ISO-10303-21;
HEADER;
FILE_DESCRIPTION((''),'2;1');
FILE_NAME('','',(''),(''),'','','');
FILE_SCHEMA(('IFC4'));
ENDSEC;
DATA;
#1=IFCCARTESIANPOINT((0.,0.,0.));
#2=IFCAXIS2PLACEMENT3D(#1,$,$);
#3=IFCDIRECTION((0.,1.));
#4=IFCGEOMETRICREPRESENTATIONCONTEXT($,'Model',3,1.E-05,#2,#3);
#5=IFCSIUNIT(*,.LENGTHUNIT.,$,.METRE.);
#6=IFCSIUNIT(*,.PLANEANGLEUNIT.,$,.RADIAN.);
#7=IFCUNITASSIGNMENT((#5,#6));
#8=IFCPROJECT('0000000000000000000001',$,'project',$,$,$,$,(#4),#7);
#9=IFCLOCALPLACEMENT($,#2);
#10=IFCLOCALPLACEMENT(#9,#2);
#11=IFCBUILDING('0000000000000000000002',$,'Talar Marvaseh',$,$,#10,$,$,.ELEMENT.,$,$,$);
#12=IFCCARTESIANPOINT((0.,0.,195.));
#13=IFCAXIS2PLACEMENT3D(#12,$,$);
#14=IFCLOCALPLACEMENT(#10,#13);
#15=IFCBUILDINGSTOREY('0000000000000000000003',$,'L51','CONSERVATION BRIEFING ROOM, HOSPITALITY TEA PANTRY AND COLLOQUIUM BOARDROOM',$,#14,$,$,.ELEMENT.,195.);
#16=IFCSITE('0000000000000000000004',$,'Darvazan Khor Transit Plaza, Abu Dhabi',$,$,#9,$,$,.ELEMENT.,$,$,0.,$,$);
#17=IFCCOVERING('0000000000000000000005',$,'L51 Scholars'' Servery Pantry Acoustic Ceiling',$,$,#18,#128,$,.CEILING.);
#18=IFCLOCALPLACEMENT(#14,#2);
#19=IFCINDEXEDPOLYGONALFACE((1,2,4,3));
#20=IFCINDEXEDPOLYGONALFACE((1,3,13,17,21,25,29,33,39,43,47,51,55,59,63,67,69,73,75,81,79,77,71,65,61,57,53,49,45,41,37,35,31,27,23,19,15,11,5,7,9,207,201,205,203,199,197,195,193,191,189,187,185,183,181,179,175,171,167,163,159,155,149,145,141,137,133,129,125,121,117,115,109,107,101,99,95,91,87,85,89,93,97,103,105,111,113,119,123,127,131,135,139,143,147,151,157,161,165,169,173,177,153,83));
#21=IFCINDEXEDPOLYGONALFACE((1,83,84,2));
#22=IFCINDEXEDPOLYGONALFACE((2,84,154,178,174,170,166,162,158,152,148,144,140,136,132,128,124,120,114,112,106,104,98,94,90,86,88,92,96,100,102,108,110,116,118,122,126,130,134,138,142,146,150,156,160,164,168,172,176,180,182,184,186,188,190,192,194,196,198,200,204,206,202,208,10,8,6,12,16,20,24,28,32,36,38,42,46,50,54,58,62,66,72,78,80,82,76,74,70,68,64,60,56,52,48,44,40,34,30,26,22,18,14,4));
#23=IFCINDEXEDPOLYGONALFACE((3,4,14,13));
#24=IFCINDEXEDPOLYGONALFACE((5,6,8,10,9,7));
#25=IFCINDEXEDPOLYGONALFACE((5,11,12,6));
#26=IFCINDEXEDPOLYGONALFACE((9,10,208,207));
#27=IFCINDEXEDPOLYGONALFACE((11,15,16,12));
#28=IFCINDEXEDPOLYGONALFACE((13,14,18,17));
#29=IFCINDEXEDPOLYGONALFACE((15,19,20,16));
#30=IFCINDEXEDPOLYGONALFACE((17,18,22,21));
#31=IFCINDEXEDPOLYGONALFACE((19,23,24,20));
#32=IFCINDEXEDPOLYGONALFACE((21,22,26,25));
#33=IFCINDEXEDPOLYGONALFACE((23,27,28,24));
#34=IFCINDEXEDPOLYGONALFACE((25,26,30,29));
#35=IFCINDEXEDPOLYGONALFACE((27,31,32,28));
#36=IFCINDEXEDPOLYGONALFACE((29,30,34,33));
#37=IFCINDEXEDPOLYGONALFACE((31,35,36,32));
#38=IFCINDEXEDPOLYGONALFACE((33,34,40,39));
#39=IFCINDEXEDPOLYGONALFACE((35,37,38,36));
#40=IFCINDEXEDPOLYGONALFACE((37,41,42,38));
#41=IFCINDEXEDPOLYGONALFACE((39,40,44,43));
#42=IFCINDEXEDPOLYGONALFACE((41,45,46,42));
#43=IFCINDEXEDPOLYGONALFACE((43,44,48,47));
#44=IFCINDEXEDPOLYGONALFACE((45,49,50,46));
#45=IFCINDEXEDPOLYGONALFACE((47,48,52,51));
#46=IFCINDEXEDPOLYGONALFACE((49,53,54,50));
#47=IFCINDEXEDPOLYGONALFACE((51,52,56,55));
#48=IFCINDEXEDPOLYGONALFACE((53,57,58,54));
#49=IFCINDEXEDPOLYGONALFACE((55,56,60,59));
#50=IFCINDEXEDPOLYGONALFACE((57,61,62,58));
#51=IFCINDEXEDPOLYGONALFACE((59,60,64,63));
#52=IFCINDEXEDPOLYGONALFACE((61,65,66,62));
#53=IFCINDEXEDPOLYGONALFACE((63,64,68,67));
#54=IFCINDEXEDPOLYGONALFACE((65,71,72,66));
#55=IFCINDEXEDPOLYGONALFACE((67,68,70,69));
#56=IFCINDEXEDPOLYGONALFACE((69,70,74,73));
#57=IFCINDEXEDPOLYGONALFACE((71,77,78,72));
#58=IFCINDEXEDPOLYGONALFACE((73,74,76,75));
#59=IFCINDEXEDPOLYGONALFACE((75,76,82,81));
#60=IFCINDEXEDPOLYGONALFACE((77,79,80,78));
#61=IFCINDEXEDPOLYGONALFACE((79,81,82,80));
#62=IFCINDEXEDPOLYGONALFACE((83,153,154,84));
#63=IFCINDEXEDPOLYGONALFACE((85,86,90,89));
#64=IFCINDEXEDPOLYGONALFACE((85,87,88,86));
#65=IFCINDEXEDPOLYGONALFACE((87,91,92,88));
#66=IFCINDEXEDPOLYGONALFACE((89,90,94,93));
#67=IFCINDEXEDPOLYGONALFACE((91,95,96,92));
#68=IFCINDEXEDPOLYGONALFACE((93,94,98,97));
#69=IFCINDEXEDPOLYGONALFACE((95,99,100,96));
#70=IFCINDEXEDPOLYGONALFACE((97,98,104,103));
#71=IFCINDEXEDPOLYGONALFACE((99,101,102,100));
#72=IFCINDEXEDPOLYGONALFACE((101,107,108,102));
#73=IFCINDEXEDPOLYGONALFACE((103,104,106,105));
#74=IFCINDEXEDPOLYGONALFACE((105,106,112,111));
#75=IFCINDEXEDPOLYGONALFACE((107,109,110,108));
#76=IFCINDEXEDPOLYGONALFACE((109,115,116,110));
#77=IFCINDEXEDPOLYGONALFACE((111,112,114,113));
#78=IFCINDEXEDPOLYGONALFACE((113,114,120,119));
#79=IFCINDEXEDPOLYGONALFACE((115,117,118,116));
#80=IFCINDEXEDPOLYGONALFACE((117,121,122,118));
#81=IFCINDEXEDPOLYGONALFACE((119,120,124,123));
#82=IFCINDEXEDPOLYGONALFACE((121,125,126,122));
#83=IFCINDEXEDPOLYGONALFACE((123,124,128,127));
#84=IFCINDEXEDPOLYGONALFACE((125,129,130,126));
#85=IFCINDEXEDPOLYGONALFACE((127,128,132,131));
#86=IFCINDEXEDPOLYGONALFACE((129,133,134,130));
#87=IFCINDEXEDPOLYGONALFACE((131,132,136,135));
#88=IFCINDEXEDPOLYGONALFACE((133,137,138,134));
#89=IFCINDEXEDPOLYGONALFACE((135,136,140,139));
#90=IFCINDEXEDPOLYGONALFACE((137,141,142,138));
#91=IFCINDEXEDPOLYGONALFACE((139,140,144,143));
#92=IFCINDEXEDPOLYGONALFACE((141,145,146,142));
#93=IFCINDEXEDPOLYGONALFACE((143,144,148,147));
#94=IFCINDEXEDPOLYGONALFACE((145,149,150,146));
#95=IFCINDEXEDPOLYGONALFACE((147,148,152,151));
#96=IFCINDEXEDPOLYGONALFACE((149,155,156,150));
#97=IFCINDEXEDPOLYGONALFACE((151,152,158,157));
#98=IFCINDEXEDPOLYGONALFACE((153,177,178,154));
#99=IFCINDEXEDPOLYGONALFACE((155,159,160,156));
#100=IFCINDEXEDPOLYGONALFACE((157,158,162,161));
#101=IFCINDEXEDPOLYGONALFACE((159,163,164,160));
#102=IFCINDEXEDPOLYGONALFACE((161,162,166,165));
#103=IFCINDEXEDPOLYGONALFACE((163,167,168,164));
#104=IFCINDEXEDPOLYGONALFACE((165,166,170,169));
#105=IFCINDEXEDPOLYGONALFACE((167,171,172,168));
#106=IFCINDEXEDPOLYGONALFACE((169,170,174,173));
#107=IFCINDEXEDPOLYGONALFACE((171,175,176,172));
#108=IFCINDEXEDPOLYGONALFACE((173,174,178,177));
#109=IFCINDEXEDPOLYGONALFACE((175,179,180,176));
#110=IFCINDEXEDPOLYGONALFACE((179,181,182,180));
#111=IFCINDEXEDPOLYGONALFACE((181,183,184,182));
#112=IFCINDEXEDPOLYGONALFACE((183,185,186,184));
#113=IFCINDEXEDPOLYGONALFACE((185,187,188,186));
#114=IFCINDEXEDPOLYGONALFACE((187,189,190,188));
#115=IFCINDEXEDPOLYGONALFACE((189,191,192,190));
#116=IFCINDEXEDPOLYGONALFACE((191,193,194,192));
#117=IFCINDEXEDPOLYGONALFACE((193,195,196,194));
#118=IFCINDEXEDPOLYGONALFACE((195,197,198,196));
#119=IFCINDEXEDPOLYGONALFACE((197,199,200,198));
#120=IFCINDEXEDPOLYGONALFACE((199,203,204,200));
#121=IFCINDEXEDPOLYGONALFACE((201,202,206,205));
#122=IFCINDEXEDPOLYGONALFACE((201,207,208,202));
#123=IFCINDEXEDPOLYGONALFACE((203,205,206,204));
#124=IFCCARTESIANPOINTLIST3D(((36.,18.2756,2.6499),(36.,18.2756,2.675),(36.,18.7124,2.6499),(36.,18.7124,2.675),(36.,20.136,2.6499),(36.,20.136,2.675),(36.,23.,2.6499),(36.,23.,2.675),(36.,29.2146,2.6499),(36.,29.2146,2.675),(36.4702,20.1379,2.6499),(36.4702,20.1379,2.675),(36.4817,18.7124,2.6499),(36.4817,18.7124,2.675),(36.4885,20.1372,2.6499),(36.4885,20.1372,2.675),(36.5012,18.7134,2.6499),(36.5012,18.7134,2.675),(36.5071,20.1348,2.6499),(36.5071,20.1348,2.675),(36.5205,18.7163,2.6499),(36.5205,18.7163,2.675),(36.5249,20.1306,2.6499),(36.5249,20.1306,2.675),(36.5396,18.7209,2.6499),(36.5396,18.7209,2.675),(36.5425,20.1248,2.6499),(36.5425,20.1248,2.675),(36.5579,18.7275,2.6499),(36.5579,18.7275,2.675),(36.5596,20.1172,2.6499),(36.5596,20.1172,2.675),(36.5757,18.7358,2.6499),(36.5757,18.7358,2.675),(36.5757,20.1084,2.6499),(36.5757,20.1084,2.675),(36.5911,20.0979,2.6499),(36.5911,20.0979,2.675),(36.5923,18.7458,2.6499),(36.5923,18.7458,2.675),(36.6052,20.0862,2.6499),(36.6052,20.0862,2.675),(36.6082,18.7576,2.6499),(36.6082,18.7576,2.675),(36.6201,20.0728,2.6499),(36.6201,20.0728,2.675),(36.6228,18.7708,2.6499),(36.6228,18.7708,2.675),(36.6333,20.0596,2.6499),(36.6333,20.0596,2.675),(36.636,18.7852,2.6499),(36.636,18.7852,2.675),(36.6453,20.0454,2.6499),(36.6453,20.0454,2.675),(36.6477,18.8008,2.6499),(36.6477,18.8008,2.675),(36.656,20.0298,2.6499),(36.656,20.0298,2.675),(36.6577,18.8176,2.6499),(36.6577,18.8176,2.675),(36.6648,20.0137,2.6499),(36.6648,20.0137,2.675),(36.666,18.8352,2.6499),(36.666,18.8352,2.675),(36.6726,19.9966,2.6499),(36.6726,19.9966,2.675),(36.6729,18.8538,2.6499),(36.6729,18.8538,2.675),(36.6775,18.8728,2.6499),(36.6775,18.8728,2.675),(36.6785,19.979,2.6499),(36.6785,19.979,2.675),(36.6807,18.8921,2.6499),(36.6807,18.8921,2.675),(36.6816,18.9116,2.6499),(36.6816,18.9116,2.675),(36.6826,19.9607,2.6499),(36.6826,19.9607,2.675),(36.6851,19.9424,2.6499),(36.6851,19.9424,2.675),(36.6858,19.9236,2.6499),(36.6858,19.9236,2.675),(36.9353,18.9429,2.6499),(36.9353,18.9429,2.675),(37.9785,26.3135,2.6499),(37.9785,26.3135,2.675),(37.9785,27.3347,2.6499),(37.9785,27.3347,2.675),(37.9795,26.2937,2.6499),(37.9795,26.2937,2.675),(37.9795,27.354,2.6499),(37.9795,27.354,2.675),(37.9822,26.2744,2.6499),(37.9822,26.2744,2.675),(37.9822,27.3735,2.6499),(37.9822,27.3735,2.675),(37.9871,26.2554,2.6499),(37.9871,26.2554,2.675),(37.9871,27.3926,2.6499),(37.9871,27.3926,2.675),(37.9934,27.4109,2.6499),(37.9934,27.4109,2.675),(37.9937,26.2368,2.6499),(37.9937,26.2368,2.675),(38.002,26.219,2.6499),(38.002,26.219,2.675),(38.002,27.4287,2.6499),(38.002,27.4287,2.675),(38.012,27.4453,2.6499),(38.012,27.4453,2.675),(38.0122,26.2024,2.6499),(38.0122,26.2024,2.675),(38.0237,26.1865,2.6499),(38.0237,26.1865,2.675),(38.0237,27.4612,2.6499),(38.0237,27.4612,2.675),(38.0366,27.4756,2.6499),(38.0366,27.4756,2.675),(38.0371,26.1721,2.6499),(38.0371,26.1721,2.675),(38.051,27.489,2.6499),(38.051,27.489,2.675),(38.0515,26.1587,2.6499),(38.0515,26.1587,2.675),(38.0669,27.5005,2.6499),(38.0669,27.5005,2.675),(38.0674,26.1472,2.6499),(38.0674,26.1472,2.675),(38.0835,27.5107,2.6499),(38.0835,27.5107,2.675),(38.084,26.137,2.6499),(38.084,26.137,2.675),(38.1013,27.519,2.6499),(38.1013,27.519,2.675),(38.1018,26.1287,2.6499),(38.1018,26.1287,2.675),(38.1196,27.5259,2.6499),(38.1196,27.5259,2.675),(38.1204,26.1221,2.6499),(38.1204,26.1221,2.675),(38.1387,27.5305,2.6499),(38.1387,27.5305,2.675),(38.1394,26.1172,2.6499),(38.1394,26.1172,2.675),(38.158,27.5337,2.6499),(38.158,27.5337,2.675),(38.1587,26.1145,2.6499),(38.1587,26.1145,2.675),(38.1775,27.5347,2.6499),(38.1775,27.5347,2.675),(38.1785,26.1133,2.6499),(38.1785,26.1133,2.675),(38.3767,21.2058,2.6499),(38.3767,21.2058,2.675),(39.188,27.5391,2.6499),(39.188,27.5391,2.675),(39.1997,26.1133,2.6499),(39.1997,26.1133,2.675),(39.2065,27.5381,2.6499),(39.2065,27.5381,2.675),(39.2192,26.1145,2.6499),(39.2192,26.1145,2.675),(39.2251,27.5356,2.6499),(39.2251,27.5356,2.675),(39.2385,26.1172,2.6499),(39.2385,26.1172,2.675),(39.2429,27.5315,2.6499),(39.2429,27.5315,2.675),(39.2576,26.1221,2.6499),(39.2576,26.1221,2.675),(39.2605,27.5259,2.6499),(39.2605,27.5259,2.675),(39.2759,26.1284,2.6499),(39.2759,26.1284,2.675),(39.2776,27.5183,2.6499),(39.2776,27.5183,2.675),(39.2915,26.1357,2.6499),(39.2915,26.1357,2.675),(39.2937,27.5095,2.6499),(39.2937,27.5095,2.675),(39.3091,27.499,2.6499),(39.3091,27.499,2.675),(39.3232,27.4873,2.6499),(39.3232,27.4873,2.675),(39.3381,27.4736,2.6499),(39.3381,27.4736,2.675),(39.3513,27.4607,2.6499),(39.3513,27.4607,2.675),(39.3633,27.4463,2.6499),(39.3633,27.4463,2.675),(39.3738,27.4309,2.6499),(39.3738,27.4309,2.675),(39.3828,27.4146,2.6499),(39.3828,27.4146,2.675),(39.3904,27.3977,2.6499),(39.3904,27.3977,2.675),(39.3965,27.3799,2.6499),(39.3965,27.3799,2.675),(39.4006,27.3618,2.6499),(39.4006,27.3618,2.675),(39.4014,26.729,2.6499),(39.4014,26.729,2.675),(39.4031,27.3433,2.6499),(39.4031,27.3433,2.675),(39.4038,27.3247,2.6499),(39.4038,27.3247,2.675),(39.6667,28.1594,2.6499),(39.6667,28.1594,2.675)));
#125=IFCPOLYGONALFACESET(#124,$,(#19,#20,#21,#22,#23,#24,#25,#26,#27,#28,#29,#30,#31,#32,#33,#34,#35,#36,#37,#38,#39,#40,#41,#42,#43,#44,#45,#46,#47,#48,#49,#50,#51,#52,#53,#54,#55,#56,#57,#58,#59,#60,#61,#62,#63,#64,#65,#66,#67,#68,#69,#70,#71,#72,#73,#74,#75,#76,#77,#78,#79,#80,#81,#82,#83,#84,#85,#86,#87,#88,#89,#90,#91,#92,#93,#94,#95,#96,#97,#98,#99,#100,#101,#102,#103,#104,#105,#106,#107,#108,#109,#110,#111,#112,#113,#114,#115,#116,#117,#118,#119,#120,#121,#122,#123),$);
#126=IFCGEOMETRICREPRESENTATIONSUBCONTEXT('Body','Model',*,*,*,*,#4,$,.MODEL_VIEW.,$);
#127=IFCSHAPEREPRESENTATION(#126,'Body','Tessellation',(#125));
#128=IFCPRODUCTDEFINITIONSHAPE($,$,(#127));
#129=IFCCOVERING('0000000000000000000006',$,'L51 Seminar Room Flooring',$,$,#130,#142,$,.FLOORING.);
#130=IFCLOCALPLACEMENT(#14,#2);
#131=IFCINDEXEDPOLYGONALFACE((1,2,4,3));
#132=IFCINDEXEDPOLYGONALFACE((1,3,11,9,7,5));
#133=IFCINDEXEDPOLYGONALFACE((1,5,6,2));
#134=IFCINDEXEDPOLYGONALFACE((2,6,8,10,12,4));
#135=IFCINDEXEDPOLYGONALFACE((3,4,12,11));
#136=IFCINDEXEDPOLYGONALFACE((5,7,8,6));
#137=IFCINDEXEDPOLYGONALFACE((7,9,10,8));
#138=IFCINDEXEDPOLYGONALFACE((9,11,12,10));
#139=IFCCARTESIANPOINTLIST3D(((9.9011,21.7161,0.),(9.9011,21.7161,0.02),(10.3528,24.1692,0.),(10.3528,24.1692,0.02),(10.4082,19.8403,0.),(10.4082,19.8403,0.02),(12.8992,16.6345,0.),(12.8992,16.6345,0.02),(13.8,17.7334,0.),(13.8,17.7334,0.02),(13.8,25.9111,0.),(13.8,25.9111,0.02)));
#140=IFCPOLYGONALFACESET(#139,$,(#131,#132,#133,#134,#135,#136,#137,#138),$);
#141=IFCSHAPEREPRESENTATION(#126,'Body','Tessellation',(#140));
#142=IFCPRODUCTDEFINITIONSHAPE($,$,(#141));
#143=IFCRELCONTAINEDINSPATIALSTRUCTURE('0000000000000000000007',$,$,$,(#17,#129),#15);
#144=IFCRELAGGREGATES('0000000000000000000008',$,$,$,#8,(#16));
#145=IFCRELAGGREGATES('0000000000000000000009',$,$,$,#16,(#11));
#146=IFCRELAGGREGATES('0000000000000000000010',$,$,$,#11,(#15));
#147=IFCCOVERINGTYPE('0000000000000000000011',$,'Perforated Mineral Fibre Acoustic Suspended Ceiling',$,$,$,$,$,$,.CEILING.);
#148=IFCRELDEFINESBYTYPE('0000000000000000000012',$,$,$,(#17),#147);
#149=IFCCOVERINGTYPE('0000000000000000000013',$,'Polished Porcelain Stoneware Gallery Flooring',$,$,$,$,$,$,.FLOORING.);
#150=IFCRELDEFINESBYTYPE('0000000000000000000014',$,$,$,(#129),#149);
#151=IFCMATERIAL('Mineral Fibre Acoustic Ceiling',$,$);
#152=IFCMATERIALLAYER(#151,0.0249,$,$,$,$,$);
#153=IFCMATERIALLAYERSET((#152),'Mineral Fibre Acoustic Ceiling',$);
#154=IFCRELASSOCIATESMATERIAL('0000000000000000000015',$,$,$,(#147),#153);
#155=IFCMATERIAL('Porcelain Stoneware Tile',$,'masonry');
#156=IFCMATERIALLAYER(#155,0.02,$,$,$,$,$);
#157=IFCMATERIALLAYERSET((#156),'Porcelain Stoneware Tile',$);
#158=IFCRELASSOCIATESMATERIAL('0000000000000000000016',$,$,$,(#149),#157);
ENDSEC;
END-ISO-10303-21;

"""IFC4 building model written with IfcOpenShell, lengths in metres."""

from ifc_helpers import new_model, si_unit, direction, frame, origin, place, context, subcontext, project, spatial, polyline, outline, extrude, material, layer, layer_set, type_object, element, save


model = new_model("IFC4")

# Units and contexts
model_context = context("Model", 3, precision=1e-05, world=origin(), true_north=direction((0.0, 1.0)))
body_context = subcontext(model_context, "Body", "Model", "MODEL_VIEW")
ifc_project = project(units=[si_unit("LENGTHUNIT", "METRE"), si_unit("PLANEANGLEUNIT", "RADIAN")], contexts=[model_context])

# Site, building, storey
site_placement = place(None, origin())
site = spatial("IfcSite", under=ifc_project, at=site_placement, Name="Darvazan Khor Transit Plaza, Abu Dhabi", CompositionType="ELEMENT", RefElevation=0.0)
building_placement = place(site_placement, origin())
building = spatial("IfcBuilding", under=site, at=building_placement, Name="Talar Marvaseh", CompositionType="ELEMENT")
storey_placement = place(building_placement, frame((0.0, 0.0, 195.0)))
storey = spatial("IfcBuildingStorey", under=building, at=storey_placement, Name="L51", Description="CONSERVATION BRIEFING ROOM, HOSPITALITY TEA PANTRY AND COLLOQUIUM BOARDROOM", CompositionType="ELEMENT", Elevation=195.0)

# Coverings
ifc_material_1 = material(Name="Mineral Fibre Acoustic Ceiling")
ifc_layer_1 = layer(ifc_material_1, 0.0249)
ifc_layer_set_1 = layer_set([ifc_layer_1], Name="Mineral Fibre Acoustic Ceiling")
covering_type_1 = type_object("IfcCoveringType", Name="Perforated Mineral Fibre Acoustic Suspended Ceiling", PredefinedType="CEILING", material=ifc_layer_set_1)
covering_1_placement = place(storey_placement, frame((0.0, 0.0, 2.6499)))
element("IfcCovering", 1, at=covering_1_placement, inside=storey, type_object=covering_type_1, Name="L51 Scholars' Servery Pantry Acoustic Ceiling", PredefinedType="CEILING", context=body_context, shape_type="SweptSolid", body=[
    extrude(outline(polyline([(36.0, 18.7124), (36.4817, 18.7124), (36.5012, 18.7134), (36.5205, 18.7163), (36.5396, 18.7209), (36.5579, 18.7275), (36.5757, 18.7358), (36.5923, 18.7458), (36.6082, 18.7576), (36.6228, 18.7708), (36.636, 18.7852), (36.6477, 18.8008), (36.6577, 18.8176), (36.666, 18.8352), (36.6729, 18.8538), (36.6775, 18.8728), (36.6807, 18.8921), (36.6816, 18.9116), (36.6858, 19.9236), (36.6851, 19.9424), (36.6826, 19.9607), (36.6785, 19.979), (36.6726, 19.9966), (36.6648, 20.0137), (36.656, 20.0298), (36.6453, 20.0454), (36.6333, 20.0596), (36.6201, 20.0728), (36.6052, 20.0862), (36.5911, 20.0979), (36.5757, 20.1084), (36.5596, 20.1172), (36.5425, 20.1248), (36.5249, 20.1306), (36.5071, 20.1348), (36.4885, 20.1372), (36.4702, 20.1379), (36.0, 20.136), (36.0, 23.0), (36.0, 29.2146), (39.6667, 28.1594), (39.4014, 26.729), (39.4038, 27.3247), (39.4031, 27.3433), (39.4006, 27.3618), (39.3965, 27.3799), (39.3904, 27.3977), (39.3828, 27.4146), (39.3738, 27.4309), (39.3633, 27.4463), (39.3513, 27.4607), (39.3381, 27.4736), (39.3232, 27.4873), (39.3091, 27.499), (39.2937, 27.5095), (39.2776, 27.5183), (39.2605, 27.5259), (39.2429, 27.5315), (39.2251, 27.5356), (39.2065, 27.5381), (39.188, 27.5391), (38.1775, 27.5347), (38.158, 27.5337), (38.1387, 27.5305), (38.1196, 27.5259), (38.1013, 27.519), (38.0835, 27.5107), (38.0669, 27.5005), (38.051, 27.489), (38.0366, 27.4756), (38.0237, 27.4612), (38.012, 27.4453), (38.002, 27.4287), (37.9934, 27.4109), (37.9871, 27.3926), (37.9822, 27.3735), (37.9795, 27.354), (37.9785, 27.3347), (37.9785, 26.3135), (37.9795, 26.2937), (37.9822, 26.2744), (37.9871, 26.2554), (37.9937, 26.2368), (38.002, 26.219), (38.0122, 26.2024), (38.0237, 26.1865), (38.0371, 26.1721), (38.0515, 26.1587), (38.0674, 26.1472), (38.084, 26.137), (38.1018, 26.1287), (38.1204, 26.1221), (38.1394, 26.1172), (38.1587, 26.1145), (38.1785, 26.1133), (39.1997, 26.1133), (39.2192, 26.1145), (39.2385, 26.1172), (39.2576, 26.1221), (39.2759, 26.1284), (39.2915, 26.1357), (38.3767, 21.2058), (36.9353, 18.9429), (36.0, 18.2756), (36.0, 18.7124)])), origin(), (0.0, 0.0, 1.0), 0.0251),
])
ifc_material_2 = material(Name="Porcelain Stoneware Tile", Category="masonry")
ifc_layer_2 = layer(ifc_material_2, 0.02)
ifc_layer_set_2 = layer_set([ifc_layer_2], Name="Porcelain Stoneware Tile")
covering_type_2 = type_object("IfcCoveringType", Name="Polished Porcelain Stoneware Gallery Flooring", PredefinedType="FLOORING", material=ifc_layer_set_2)
covering_2_placement = place(storey_placement, origin())
element("IfcCovering", 2, at=covering_2_placement, inside=storey, type_object=covering_type_2, Name="L51 Seminar Room Flooring", PredefinedType="FLOORING", context=body_context, shape_type="SweptSolid", body=[
    extrude(outline(polyline([(13.8, 25.9111), (13.8, 17.7334), (12.8992, 16.6345), (10.4082, 19.8403), (9.9011, 21.7161), (10.3528, 24.1692), (13.8, 25.9111)])), origin(), (0.0, 0.0, 1.0), 0.02),
])

save(model, "model.ifc")
